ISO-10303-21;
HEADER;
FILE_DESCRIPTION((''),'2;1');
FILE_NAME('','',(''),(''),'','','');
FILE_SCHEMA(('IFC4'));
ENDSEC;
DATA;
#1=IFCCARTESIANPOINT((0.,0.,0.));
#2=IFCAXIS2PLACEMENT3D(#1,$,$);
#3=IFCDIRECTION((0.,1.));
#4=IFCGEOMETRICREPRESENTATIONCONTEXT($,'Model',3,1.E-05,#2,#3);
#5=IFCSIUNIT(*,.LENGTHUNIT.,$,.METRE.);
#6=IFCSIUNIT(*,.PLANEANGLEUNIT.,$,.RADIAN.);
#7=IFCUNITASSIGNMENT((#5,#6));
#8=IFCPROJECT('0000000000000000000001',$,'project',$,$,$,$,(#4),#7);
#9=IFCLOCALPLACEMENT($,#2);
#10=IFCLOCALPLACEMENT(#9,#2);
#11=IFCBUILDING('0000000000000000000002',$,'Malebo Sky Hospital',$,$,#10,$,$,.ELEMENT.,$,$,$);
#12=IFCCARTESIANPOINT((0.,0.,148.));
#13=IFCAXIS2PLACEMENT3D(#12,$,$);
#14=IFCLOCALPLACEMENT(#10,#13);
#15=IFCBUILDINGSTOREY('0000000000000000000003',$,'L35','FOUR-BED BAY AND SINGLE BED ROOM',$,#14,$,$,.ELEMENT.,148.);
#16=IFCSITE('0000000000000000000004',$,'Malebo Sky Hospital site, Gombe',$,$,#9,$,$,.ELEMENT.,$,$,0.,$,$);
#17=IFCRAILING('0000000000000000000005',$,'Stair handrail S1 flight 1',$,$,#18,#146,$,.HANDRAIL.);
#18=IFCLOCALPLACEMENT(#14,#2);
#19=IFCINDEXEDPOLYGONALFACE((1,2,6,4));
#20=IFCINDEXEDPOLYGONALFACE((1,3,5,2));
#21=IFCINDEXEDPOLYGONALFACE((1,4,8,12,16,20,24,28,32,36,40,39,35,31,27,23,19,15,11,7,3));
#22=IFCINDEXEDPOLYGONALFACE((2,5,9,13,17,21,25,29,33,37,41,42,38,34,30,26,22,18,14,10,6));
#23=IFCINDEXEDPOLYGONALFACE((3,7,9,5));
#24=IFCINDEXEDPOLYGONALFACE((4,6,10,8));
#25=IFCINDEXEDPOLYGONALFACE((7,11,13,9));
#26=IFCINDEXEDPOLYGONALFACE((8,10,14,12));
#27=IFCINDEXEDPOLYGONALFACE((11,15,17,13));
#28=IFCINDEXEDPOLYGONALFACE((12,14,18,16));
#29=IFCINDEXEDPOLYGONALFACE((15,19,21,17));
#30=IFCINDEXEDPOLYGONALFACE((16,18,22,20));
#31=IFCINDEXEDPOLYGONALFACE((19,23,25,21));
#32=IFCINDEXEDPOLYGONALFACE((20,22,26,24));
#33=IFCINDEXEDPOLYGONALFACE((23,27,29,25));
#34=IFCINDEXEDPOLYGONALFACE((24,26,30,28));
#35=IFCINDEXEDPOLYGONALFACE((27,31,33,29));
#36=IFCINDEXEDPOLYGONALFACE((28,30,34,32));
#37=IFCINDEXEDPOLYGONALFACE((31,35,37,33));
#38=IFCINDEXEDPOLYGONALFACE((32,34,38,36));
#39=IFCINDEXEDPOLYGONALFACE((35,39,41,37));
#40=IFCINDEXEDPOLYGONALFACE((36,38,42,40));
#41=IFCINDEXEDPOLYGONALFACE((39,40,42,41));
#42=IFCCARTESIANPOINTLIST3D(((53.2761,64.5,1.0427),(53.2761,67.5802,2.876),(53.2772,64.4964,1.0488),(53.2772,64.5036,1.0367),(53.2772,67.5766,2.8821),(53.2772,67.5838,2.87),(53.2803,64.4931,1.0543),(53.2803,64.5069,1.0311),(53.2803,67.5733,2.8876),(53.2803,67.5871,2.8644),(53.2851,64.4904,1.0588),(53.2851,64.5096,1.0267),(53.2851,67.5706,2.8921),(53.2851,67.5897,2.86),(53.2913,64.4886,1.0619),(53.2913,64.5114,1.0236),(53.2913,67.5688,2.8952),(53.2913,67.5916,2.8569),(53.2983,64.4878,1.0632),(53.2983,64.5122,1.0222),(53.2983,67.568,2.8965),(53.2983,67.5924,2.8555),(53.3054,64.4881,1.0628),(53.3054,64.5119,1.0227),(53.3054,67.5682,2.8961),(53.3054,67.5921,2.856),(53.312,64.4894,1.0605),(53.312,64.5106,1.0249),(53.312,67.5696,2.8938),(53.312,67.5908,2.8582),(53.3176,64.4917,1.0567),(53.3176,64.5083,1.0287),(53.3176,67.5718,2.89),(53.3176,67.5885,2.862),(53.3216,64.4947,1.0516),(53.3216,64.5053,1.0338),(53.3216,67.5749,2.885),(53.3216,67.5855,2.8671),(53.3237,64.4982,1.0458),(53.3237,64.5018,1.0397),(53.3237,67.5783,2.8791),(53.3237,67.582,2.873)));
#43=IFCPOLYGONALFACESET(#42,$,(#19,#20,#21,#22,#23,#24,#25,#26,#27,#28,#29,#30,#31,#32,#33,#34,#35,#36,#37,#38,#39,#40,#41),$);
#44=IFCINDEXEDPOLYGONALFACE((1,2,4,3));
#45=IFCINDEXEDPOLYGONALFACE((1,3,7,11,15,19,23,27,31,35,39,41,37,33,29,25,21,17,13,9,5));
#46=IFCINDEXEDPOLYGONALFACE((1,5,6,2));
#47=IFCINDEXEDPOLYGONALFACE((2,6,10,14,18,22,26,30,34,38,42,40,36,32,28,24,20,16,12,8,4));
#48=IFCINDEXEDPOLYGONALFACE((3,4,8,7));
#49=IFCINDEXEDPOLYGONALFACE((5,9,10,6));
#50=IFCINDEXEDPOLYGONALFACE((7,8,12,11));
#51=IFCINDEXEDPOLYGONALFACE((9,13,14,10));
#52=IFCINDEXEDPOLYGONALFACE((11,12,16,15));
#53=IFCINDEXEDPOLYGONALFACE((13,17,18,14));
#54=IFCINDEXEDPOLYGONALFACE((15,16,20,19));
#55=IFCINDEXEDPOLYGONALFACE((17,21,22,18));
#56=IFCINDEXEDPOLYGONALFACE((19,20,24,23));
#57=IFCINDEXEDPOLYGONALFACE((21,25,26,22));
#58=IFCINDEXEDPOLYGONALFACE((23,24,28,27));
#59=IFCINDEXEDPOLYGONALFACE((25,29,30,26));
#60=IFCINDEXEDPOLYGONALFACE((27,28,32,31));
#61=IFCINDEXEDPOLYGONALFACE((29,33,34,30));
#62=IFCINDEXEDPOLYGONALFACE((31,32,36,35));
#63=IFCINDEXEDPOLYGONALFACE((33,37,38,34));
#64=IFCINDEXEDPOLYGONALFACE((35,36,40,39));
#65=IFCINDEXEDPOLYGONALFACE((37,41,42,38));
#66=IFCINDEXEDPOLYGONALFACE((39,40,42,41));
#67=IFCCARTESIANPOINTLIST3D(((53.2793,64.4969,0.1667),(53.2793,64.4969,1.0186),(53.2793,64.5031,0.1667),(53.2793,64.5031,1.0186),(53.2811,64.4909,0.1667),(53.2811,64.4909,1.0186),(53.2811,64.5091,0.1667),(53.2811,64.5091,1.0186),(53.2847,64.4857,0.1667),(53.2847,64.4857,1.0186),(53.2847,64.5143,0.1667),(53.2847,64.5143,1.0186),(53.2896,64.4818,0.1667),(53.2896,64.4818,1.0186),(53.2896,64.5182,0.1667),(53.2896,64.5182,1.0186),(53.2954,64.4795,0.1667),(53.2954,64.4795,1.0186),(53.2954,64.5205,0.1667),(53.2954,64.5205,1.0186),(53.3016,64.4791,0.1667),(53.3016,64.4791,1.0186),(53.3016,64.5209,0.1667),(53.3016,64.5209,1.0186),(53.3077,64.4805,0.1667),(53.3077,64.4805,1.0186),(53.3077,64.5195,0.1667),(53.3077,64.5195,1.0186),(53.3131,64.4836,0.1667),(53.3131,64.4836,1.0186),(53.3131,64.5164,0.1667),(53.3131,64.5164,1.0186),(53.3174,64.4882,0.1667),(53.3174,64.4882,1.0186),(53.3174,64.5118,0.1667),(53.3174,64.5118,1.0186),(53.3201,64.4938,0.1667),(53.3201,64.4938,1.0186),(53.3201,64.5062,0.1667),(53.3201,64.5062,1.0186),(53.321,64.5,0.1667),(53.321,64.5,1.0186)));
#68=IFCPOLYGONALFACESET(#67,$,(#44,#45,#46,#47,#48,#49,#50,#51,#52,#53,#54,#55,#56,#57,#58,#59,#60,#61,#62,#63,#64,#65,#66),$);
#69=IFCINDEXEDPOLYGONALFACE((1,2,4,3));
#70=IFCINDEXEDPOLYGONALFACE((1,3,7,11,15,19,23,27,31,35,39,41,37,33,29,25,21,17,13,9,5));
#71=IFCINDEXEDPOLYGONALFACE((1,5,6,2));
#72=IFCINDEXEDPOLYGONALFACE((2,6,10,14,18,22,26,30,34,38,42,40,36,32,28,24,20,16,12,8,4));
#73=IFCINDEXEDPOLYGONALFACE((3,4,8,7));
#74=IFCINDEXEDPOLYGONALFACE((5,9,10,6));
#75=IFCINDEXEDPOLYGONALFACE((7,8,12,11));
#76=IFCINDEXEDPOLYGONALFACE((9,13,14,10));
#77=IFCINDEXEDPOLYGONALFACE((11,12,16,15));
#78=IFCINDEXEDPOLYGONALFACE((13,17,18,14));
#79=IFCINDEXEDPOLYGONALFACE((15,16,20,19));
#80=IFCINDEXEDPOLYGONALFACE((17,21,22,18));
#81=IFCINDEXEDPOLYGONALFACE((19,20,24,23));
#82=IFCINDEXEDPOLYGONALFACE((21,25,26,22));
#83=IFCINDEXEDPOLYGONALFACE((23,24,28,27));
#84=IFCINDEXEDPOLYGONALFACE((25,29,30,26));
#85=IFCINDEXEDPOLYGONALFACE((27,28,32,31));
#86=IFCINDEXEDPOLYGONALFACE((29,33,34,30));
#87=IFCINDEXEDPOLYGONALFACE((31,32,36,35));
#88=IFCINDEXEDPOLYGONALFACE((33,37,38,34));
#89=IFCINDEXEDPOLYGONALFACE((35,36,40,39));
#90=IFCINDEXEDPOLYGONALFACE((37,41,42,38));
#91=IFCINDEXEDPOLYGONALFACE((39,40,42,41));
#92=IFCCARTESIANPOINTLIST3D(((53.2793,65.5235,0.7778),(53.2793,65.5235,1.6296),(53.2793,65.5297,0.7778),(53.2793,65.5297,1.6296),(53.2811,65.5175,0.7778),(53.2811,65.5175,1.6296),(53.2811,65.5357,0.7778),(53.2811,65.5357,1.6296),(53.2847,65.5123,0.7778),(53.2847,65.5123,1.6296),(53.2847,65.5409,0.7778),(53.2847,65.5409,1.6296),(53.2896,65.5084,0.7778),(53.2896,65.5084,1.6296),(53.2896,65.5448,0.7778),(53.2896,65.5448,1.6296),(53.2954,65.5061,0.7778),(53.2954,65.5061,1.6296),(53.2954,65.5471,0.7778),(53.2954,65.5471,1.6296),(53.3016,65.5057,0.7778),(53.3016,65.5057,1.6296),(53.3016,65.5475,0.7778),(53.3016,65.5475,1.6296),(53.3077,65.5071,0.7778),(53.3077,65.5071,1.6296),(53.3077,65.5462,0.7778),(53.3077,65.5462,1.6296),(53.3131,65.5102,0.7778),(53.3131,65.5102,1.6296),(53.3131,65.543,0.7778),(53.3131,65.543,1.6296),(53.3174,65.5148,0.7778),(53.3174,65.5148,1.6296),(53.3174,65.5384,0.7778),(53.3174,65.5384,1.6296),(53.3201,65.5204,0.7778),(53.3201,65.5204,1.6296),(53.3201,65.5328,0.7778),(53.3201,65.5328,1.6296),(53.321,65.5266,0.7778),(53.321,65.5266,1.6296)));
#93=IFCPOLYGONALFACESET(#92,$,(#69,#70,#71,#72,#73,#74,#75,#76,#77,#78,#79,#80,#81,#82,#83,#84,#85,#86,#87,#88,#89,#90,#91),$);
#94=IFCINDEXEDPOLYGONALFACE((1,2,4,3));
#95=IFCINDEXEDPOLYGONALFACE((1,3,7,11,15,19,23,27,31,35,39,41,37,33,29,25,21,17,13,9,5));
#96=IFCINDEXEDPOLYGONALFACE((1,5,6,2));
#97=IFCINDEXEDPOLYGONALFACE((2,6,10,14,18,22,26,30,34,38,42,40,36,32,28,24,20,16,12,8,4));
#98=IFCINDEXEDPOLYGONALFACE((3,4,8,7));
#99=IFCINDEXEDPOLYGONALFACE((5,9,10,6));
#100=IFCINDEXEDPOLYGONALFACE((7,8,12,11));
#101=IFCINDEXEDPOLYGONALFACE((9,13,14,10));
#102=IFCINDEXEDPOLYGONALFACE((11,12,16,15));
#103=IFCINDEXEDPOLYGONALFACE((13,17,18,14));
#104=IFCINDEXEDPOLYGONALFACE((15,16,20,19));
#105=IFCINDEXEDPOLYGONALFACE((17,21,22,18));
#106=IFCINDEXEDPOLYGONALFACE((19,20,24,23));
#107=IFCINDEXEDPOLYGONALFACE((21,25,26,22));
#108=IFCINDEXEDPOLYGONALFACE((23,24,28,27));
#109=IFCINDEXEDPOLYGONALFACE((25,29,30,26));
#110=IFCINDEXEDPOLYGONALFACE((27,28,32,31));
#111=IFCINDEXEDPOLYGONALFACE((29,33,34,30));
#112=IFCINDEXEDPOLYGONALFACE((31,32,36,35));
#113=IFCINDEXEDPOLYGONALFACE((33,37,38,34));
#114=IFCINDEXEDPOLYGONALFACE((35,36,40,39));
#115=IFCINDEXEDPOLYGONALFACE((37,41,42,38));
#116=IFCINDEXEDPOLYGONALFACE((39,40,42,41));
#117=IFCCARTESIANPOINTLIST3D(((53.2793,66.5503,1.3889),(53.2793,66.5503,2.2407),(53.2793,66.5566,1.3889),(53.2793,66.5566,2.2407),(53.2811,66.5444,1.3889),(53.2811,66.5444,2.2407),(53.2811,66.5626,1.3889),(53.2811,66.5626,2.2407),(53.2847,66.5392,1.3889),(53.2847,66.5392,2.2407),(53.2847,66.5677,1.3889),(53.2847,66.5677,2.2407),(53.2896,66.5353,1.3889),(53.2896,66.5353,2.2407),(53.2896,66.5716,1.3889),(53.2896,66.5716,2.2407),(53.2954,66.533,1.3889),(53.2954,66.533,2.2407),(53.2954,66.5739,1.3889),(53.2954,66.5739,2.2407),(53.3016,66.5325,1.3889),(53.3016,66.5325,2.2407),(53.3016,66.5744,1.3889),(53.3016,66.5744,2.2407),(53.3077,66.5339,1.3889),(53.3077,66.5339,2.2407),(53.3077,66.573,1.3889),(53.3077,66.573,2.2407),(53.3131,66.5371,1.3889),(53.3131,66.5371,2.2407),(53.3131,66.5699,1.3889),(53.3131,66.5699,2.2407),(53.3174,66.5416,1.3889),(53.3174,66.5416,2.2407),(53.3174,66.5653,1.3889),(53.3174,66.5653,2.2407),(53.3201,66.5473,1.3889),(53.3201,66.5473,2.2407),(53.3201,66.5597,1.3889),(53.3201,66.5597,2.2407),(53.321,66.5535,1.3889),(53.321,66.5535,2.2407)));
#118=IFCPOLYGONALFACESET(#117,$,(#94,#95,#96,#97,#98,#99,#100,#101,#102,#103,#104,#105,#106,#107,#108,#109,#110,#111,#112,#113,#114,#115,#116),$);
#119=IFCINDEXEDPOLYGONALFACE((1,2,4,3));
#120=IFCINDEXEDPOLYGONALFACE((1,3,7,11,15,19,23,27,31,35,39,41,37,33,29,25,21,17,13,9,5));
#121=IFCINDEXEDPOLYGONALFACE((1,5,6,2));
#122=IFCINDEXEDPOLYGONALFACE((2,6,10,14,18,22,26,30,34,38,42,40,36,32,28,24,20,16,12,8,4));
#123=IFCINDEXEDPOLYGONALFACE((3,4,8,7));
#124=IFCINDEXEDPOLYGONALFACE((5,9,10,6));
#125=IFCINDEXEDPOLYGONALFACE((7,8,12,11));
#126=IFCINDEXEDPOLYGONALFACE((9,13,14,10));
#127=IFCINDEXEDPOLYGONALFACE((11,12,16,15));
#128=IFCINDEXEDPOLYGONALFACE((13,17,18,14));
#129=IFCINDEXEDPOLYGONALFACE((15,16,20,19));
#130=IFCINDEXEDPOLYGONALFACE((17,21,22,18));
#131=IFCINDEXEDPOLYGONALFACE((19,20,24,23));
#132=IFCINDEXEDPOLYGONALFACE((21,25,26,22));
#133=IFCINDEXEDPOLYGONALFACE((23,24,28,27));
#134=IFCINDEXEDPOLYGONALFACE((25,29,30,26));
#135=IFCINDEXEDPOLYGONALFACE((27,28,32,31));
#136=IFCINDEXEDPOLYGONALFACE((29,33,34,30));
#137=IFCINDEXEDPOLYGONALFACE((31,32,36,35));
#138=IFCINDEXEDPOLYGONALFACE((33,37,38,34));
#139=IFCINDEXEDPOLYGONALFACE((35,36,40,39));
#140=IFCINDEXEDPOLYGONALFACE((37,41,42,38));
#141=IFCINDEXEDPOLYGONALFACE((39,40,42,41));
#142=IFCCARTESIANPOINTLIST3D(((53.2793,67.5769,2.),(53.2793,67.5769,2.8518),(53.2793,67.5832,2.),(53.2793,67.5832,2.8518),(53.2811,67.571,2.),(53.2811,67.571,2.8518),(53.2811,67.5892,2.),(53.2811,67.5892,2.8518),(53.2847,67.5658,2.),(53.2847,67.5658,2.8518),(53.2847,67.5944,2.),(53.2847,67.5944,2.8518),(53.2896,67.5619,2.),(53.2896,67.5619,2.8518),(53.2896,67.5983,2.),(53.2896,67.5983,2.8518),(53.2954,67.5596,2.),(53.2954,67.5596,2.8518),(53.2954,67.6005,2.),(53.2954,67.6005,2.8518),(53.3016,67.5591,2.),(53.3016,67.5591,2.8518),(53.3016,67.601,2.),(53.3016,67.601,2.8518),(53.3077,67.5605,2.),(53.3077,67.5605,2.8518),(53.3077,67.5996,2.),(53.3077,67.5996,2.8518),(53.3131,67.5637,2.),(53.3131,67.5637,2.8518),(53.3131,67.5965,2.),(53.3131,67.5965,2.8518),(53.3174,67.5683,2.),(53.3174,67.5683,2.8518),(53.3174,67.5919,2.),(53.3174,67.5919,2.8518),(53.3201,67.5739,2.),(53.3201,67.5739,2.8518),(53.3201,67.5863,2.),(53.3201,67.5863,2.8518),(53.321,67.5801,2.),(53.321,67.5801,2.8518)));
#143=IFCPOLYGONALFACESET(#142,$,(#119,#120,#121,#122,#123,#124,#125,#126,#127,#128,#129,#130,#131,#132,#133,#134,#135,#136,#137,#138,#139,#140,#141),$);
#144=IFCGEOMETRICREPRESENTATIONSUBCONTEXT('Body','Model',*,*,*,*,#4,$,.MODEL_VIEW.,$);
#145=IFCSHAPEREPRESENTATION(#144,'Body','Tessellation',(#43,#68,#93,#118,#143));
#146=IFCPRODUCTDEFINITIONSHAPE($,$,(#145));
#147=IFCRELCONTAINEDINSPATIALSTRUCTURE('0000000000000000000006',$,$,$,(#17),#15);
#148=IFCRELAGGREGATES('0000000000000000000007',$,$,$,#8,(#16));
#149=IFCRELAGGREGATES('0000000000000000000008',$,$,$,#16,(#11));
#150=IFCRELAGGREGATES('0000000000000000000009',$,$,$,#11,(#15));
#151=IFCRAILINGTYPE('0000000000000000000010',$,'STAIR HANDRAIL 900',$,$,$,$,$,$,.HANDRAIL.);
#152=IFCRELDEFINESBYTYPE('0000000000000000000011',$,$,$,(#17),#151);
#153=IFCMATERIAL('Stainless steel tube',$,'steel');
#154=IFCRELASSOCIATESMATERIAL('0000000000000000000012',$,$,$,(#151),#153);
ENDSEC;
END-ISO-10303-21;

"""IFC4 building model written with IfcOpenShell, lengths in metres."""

from ifc_helpers import new_model, si_unit, direction, frame, origin, origin_2d, place, context, subcontext, project, spatial, circle, extrude, material, type_object, element, save


model = new_model("IFC4")

# Units and contexts
model_context = context("Model", 3, precision=1e-05, world=origin(), true_north=direction((0.0, 1.0)))
body_context = subcontext(model_context, "Body", "Model", "MODEL_VIEW")
ifc_project = project(units=[si_unit("LENGTHUNIT", "METRE"), si_unit("PLANEANGLEUNIT", "RADIAN")], contexts=[model_context])

# Site, building, storey
site_placement = place(None, origin())
site = spatial("IfcSite", under=ifc_project, at=site_placement, Name="Malebo Sky Hospital site, Gombe", CompositionType="ELEMENT", RefElevation=0.0)
building_placement = place(site_placement, origin())
building = spatial("IfcBuilding", under=site, at=building_placement, Name="Malebo Sky Hospital", CompositionType="ELEMENT")
storey_placement = place(building_placement, frame((0.0, 0.0, 148.0)))
storey = spatial("IfcBuildingStorey", under=building, at=storey_placement, Name="L35", Description="FOUR-BED BAY AND SINGLE BED ROOM", CompositionType="ELEMENT", Elevation=148.0)

# Railing
ifc_material_1 = material(Name="Stainless steel tube", Category="steel")
railing_type = type_object("IfcRailingType", Name="STAIR HANDRAIL 900", PredefinedType="HANDRAIL", material=ifc_material_1)
railing_1_placement = place(storey_placement, frame((53.3, 64.5, 0.1667)))
element("IfcRailing", 1, at=railing_1_placement, inside=storey, type_object=railing_type, Name="Stair handrail S1 flight 1", PredefinedType="HANDRAIL", context=body_context, shape_type="SweptSolid", body=[
    extrude(circle(Radius=0.0239, at=origin_2d()), frame((0.0, 0.0, 0.876), z_axis=(0.0, 0.859309, 0.511458), x_axis=(-1.0, 0.0, 0.0)), (0.0, 0.0, 1.0), 3.5845),
    extrude(circle(Radius=0.021, at=origin_2d()), origin(), (0.0, 0.0, 1.0), 0.8518),
    extrude(circle(Radius=0.021, at=origin_2d()), frame((0.0, 1.0266, 0.6111)), (0.0, 0.0, 1.0), 0.8518),
    extrude(circle(Radius=0.021, at=origin_2d()), frame((0.0, 2.0535, 1.2222)), (0.0, 0.0, 1.0), 0.8518),
    extrude(circle(Radius=0.021, at=origin_2d()), frame((0.0, 3.0801, 1.8333)), (0.0, 0.0, 1.0), 0.8518),
])

save(model, "model.ifc")
